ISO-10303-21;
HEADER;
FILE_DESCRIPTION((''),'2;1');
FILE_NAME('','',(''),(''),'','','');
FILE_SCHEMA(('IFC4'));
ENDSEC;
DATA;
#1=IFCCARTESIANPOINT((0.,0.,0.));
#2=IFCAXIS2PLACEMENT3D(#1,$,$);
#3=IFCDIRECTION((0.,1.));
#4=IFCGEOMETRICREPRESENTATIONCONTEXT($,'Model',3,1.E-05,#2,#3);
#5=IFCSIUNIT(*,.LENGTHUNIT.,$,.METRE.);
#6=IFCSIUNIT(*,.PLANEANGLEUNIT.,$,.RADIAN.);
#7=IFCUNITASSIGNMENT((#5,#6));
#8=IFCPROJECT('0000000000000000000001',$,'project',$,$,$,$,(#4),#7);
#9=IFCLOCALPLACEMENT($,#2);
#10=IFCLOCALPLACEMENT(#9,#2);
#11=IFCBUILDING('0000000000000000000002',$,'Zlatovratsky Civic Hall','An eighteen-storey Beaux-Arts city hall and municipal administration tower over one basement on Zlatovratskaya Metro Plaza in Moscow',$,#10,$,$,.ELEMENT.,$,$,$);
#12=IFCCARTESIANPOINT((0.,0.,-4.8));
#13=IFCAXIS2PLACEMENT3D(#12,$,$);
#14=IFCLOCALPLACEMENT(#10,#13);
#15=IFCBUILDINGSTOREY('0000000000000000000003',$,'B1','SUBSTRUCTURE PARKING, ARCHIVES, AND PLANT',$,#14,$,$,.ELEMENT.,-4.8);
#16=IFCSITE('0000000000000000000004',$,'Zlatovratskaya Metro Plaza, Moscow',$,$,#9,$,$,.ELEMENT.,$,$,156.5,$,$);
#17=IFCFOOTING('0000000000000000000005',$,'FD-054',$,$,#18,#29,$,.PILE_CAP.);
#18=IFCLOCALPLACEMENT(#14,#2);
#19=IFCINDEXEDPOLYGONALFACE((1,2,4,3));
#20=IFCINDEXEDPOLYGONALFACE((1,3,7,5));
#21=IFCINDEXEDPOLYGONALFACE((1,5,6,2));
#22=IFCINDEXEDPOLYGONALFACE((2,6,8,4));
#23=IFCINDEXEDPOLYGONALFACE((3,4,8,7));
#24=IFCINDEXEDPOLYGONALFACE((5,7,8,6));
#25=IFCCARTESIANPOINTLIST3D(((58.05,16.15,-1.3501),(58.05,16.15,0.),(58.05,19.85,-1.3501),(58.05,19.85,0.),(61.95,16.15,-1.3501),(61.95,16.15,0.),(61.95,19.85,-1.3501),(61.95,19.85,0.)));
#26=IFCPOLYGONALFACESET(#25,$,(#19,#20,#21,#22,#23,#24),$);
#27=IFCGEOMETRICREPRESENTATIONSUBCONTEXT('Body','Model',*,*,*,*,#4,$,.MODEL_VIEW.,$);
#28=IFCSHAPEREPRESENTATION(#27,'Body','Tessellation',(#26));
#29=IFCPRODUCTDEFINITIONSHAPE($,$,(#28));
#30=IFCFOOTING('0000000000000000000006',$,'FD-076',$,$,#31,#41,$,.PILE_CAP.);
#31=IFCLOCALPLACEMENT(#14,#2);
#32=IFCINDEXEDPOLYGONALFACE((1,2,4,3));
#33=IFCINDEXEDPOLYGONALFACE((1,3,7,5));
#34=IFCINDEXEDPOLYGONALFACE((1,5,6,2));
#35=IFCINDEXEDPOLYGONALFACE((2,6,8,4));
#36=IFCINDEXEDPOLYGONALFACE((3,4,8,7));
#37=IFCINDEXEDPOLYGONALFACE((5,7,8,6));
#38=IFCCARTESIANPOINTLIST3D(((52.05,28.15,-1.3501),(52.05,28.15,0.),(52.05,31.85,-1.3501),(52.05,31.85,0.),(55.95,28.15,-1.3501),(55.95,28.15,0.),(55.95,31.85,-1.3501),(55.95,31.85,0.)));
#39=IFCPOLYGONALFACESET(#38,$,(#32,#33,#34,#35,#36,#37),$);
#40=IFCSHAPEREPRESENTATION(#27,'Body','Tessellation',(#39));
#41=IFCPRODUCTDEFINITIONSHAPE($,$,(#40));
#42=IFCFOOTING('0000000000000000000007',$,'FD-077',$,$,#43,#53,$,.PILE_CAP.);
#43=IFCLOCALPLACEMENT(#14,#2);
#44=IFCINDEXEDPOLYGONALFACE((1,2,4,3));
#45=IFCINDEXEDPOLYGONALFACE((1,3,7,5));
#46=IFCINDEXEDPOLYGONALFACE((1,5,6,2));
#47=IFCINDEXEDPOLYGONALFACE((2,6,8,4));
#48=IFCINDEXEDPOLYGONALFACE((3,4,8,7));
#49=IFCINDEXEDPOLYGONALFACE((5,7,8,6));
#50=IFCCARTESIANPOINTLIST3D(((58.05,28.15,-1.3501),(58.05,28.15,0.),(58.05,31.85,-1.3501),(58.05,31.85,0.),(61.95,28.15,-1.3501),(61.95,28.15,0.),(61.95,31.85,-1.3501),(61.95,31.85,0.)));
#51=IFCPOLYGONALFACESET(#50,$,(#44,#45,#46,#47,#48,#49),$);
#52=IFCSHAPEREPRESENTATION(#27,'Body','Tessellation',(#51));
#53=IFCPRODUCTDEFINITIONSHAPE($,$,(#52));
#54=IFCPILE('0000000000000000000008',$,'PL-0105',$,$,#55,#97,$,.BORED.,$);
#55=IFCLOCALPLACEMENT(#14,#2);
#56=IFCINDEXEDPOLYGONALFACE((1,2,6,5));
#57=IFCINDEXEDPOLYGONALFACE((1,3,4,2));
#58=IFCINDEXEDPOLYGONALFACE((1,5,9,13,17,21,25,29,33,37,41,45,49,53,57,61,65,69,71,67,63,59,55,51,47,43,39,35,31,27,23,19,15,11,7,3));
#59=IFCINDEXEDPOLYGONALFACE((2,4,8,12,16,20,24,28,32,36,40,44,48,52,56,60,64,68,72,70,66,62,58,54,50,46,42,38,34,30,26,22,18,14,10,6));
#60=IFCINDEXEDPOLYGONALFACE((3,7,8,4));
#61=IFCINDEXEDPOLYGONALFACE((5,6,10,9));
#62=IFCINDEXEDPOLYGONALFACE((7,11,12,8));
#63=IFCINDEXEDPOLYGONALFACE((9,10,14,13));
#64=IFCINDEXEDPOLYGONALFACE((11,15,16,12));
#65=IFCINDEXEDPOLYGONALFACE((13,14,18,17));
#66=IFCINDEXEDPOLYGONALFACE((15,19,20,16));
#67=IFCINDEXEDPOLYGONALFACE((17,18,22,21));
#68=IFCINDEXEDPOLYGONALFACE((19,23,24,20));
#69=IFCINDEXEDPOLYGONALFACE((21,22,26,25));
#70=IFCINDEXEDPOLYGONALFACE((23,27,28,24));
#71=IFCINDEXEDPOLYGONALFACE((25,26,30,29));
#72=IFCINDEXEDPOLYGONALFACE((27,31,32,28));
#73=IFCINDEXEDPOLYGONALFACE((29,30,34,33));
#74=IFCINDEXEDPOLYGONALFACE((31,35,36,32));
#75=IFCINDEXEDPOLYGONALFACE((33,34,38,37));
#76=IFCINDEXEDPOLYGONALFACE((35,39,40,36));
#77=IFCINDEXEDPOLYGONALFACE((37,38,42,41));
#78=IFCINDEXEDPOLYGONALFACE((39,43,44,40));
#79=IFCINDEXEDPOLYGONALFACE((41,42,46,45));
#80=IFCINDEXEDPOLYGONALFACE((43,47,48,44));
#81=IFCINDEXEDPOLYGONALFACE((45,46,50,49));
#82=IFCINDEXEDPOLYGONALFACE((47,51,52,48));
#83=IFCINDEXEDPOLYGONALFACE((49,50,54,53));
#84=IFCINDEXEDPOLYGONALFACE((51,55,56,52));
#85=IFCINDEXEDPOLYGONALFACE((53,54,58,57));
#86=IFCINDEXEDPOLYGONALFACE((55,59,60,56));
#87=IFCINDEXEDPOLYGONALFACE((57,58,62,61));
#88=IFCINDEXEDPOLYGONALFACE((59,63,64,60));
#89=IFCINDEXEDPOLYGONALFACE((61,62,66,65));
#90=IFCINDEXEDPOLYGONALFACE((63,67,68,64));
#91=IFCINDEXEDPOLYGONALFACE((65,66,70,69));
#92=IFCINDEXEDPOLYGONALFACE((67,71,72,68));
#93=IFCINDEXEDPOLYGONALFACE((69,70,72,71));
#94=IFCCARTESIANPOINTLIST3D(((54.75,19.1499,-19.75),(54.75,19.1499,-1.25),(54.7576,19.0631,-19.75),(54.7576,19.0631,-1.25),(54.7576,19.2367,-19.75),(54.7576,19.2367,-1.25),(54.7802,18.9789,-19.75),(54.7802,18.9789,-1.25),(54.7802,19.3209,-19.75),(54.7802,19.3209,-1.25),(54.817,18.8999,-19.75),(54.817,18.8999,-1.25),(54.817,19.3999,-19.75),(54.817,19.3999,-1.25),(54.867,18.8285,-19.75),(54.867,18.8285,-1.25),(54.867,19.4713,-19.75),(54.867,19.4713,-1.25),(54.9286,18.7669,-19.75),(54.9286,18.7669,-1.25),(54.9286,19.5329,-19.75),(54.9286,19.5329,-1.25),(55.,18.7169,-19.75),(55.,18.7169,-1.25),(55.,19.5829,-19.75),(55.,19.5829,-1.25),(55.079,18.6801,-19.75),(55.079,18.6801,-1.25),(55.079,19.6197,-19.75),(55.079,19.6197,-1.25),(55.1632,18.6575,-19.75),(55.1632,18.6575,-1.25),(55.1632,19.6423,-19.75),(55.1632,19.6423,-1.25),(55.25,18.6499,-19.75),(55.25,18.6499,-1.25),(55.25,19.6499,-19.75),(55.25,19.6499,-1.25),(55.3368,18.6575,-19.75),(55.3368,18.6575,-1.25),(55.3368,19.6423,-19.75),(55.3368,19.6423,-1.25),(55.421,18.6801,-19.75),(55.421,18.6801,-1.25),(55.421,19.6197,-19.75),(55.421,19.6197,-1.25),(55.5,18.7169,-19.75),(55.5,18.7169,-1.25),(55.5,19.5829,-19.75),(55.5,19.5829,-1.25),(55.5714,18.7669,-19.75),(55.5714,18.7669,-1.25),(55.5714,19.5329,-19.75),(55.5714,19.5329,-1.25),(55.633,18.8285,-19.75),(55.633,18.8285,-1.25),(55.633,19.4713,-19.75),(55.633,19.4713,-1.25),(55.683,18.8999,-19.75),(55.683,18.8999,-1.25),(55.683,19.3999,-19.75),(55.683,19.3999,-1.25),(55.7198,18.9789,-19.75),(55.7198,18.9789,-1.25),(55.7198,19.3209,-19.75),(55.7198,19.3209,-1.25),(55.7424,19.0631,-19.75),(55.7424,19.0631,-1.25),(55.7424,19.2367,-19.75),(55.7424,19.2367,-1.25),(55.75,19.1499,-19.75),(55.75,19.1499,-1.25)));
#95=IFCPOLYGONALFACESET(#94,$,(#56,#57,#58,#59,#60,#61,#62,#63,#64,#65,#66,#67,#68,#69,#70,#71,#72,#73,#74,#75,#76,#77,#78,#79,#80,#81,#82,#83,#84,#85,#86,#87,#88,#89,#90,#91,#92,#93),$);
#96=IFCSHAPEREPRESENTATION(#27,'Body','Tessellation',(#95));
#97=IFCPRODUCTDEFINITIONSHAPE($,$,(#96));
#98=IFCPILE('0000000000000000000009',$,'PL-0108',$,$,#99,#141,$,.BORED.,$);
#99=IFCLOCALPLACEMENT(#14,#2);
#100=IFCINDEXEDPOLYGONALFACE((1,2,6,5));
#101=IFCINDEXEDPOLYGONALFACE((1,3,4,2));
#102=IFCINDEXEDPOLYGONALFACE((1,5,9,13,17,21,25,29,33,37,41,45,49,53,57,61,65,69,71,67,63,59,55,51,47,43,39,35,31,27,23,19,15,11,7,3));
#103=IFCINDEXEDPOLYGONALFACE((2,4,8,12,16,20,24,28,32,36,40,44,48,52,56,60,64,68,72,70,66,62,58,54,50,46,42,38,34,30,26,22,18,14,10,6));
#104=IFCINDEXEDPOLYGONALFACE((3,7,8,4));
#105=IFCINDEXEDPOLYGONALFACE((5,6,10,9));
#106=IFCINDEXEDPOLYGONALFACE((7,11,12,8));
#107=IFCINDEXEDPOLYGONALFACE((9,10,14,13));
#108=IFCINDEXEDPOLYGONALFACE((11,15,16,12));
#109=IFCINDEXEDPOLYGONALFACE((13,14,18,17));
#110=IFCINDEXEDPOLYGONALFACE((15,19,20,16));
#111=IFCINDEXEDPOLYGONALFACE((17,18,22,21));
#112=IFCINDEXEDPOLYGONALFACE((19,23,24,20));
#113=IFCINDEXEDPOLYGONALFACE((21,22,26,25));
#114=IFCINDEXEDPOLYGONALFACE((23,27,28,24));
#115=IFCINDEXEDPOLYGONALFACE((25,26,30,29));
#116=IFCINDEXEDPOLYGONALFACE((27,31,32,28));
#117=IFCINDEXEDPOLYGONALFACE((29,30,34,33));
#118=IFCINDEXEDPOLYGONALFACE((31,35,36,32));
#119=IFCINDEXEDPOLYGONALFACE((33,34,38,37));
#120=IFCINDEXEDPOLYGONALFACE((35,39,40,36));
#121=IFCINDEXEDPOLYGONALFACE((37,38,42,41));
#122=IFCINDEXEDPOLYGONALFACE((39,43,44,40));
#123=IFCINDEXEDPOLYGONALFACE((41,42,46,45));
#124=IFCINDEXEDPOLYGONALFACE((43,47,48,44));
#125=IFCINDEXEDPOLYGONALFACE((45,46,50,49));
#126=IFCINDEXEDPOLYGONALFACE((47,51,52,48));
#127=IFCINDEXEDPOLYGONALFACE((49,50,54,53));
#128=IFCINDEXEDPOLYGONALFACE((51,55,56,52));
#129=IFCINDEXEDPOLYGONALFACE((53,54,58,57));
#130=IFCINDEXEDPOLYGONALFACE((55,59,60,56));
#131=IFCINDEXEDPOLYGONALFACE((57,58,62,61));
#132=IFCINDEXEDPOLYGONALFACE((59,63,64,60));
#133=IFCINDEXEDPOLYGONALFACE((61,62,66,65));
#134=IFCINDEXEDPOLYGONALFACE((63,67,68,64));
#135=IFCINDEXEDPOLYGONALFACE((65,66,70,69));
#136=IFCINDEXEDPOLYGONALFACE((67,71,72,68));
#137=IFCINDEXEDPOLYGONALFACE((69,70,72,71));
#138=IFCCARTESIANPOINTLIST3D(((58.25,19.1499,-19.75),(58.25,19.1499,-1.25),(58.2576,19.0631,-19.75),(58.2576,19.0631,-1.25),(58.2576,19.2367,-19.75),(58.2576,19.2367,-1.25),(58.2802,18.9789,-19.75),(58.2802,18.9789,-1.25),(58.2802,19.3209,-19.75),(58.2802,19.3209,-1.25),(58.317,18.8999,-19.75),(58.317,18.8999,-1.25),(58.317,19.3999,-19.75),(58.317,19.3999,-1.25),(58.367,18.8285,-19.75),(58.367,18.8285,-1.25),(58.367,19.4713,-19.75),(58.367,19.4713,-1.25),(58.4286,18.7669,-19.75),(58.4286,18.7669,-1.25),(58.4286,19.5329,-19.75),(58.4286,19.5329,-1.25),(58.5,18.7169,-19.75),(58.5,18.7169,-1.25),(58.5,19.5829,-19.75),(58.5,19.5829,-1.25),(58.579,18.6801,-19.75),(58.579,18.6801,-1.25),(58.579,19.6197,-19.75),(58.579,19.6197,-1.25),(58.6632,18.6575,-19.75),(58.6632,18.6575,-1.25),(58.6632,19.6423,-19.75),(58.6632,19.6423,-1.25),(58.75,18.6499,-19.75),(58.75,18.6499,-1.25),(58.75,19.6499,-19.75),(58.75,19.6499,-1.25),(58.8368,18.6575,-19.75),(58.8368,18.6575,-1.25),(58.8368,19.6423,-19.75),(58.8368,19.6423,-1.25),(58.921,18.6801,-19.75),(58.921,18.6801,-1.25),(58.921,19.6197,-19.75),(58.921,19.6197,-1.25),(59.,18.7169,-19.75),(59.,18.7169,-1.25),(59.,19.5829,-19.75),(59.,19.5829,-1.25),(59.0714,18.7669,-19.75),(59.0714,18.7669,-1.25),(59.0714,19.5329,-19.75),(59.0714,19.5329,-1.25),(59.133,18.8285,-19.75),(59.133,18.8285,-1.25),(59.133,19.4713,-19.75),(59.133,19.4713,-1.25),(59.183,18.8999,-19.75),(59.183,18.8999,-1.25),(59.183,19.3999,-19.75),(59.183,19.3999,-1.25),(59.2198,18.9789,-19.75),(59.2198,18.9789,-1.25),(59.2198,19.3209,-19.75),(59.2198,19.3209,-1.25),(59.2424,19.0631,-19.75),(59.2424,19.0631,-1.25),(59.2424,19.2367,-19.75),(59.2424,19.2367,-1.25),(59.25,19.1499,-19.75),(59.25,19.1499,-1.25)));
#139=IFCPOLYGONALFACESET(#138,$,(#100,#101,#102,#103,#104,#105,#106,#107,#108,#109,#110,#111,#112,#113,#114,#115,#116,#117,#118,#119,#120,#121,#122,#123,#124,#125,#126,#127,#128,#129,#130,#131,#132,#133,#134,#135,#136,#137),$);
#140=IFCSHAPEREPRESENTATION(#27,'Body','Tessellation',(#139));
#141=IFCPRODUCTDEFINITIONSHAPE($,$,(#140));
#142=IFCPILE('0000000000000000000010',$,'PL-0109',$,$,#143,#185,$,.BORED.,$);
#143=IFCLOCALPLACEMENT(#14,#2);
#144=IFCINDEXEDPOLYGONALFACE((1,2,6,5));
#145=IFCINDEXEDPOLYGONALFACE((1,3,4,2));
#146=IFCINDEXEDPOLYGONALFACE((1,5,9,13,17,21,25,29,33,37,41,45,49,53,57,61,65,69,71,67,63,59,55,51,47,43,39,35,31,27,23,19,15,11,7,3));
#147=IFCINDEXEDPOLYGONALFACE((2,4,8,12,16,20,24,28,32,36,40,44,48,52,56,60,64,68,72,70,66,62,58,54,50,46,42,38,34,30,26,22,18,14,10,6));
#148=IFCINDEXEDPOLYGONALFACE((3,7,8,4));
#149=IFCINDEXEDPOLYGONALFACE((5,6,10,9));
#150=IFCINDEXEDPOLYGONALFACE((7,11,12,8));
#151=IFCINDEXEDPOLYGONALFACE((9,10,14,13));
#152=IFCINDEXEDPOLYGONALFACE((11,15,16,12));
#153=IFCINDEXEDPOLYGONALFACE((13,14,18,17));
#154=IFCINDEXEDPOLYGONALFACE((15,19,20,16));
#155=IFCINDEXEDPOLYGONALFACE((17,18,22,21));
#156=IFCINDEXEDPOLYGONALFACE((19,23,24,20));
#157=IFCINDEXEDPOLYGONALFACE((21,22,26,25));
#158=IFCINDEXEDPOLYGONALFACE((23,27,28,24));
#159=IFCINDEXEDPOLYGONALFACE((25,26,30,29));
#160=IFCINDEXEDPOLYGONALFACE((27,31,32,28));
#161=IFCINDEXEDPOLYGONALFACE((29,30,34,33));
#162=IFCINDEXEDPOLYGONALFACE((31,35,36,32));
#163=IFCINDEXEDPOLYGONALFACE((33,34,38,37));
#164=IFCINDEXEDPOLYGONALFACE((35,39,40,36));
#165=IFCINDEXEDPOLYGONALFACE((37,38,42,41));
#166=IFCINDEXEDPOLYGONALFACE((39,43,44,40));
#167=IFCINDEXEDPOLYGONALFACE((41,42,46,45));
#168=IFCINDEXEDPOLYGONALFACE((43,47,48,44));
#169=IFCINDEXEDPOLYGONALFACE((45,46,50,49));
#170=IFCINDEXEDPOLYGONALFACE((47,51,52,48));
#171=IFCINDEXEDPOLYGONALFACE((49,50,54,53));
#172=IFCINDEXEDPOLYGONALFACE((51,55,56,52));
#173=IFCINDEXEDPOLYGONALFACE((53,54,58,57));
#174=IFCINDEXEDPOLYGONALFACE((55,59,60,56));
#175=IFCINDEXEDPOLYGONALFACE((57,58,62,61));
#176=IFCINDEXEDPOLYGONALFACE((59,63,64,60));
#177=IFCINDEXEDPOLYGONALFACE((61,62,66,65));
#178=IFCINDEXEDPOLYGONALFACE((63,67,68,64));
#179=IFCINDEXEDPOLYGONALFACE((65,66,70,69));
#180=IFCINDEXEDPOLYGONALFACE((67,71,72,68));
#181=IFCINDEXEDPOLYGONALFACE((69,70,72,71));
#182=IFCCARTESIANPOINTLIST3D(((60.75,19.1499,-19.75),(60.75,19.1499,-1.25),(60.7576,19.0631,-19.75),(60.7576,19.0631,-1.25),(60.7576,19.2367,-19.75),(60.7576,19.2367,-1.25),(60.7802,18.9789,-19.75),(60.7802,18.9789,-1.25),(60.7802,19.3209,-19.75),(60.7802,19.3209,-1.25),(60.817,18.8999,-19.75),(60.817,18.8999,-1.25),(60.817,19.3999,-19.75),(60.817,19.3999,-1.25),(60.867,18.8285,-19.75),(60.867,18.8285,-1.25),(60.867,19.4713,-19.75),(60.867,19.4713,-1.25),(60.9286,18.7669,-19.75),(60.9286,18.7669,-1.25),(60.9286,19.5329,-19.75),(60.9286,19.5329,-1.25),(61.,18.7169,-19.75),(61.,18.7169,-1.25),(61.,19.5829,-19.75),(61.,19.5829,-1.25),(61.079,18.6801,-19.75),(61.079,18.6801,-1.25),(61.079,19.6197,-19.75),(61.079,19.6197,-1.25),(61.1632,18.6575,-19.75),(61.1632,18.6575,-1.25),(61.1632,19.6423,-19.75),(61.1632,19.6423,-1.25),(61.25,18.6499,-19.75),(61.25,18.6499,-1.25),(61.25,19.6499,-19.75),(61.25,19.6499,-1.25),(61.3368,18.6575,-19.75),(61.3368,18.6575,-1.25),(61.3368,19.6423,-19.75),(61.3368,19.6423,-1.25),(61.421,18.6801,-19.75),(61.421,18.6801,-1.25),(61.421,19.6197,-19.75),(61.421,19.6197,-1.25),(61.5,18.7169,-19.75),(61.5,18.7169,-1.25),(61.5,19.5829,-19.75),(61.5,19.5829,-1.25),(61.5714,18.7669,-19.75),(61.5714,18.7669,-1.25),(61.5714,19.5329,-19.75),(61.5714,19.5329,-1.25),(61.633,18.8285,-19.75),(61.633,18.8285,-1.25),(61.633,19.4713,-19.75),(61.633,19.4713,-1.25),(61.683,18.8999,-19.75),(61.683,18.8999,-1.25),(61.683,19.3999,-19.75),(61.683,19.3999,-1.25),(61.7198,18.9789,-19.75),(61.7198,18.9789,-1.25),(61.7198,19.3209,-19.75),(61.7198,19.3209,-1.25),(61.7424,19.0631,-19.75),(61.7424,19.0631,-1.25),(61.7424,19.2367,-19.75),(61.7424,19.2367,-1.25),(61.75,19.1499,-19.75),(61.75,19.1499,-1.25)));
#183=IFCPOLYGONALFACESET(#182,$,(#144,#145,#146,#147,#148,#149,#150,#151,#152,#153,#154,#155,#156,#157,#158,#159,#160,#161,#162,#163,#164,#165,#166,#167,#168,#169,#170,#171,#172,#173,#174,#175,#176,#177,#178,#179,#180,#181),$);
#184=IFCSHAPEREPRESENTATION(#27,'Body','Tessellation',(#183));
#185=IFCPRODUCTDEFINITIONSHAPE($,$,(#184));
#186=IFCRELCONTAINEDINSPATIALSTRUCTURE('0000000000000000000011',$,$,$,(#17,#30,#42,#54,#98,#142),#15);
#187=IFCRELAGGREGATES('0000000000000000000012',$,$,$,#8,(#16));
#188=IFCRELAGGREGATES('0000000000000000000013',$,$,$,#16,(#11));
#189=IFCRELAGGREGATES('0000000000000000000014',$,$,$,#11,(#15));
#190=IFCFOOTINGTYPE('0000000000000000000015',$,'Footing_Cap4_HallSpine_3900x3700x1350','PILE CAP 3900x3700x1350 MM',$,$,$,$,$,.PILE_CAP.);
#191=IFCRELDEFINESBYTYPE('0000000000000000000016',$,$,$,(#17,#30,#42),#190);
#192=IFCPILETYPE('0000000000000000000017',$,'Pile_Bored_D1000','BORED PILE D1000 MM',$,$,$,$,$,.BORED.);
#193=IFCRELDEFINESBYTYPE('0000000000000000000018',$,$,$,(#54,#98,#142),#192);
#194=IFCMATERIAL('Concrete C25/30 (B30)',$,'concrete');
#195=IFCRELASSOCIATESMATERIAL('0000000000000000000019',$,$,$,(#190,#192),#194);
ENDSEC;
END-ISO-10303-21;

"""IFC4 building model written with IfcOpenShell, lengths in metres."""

from ifc_helpers import new_model, si_unit, direction, frame, origin, origin_2d, place, context, subcontext, project, spatial, rectangle, circle, extrude, material, material_profile, profile_set, type_object, element, save


model = new_model("IFC4")

# Units and contexts
model_context = context("Model", 3, precision=1e-05, world=origin(), true_north=direction((0.0, 1.0)))
body_context = subcontext(model_context, "Body", "Model", "MODEL_VIEW")
ifc_project = project(units=[si_unit("LENGTHUNIT", "METRE"), si_unit("PLANEANGLEUNIT", "RADIAN")], contexts=[model_context])

# Site, building, storey
site_placement = place(None, origin())
site = spatial("IfcSite", under=ifc_project, at=site_placement, Name="Zlatovratskaya Metro Plaza, Moscow", CompositionType="ELEMENT", RefElevation=156.5)
building_placement = place(site_placement, origin())
building = spatial("IfcBuilding", under=site, at=building_placement, Name="Zlatovratsky Civic Hall", Description="An eighteen-storey Beaux-Arts city hall and municipal administration tower over one basement on Zlatovratskaya Metro Plaza in Moscow", CompositionType="ELEMENT")
storey_placement = place(building_placement, frame((0.0, 0.0, -4.8)))
storey = spatial("IfcBuildingStorey", under=building, at=storey_placement, Name="B1", Description="SUBSTRUCTURE PARKING, ARCHIVES, AND PLANT", CompositionType="ELEMENT", Elevation=-4.8)

# Footings
ifc_material_1 = material(Name="Concrete C25/30 (B30)", Category="concrete")
footing_type = type_object("IfcFootingType", Name="Footing_Cap4_HallSpine_3900x3700x1350", Description="PILE CAP 3900x3700x1350 MM", PredefinedType="PILE_CAP", material=ifc_material_1)
for number, where, z_axis, x_axis, name in (
    (1, (60.0, 18.0, -1.3501), (0.0, 0.0, 1.0), (1.0, 0.0, 0.0), "FD-054"),
    (2, (54.0, 30.0, -1.3501), (0.0, 0.0, 1.0), (1.0, 0.0, 0.0), "FD-076"),
    (3, (60.0, 30.0, -1.3501), (0.0, 0.0, 1.0), (1.0, 0.0, 0.0), "FD-077"),
):
    element("IfcFooting", number, at=place(storey_placement, frame(where, z_axis=z_axis, x_axis=x_axis)), inside=storey, type_object=footing_type, Name=name, PredefinedType="PILE_CAP", context=body_context, shape_type="SweptSolid", body=[
        extrude(rectangle(XDim=3.8999, YDim=3.7, at=origin_2d()), origin(), (0.0, 0.0, 1.0), 1.3501),
    ])

# Piles
ifc_material_profile_1 = material_profile(ifc_material_1, circle(Radius=0.5, at=origin_2d()), Name="PILE D1000")
ifc_profile_set_1 = profile_set([ifc_material_profile_1], Name="Concrete C25/30 (B30)")
pile_type = type_object("IfcPileType", Name="Pile_Bored_D1000", Description="BORED PILE D1000 MM", PredefinedType="BORED", material=ifc_profile_set_1)
for number, where, z_axis, x_axis, name in (
    (4, (55.25, 19.1499, -1.25), (0.0, 0.0, -1.0), (1.0, 0.0, 0.0), "PL-0105"),
    (5, (58.75, 19.1499, -1.25), (0.0, 0.0, -1.0), (1.0, 0.0, 0.0), "PL-0108"),
    (6, (61.25, 19.1499, -1.25), (0.0, 0.0, -1.0), (1.0, 0.0, 0.0), "PL-0109"),
):
    element("IfcPile", number, at=place(storey_placement, frame(where, z_axis=z_axis, x_axis=x_axis)), inside=storey, type_object=pile_type, Name=name, PredefinedType="BORED", context=body_context, shape_type="SweptSolid", body=[
        extrude(circle(Radius=0.5, at=origin_2d()), origin(), (0.0, 0.0, 1.0), 18.5),
    ])

save(model, "model.ifc")
